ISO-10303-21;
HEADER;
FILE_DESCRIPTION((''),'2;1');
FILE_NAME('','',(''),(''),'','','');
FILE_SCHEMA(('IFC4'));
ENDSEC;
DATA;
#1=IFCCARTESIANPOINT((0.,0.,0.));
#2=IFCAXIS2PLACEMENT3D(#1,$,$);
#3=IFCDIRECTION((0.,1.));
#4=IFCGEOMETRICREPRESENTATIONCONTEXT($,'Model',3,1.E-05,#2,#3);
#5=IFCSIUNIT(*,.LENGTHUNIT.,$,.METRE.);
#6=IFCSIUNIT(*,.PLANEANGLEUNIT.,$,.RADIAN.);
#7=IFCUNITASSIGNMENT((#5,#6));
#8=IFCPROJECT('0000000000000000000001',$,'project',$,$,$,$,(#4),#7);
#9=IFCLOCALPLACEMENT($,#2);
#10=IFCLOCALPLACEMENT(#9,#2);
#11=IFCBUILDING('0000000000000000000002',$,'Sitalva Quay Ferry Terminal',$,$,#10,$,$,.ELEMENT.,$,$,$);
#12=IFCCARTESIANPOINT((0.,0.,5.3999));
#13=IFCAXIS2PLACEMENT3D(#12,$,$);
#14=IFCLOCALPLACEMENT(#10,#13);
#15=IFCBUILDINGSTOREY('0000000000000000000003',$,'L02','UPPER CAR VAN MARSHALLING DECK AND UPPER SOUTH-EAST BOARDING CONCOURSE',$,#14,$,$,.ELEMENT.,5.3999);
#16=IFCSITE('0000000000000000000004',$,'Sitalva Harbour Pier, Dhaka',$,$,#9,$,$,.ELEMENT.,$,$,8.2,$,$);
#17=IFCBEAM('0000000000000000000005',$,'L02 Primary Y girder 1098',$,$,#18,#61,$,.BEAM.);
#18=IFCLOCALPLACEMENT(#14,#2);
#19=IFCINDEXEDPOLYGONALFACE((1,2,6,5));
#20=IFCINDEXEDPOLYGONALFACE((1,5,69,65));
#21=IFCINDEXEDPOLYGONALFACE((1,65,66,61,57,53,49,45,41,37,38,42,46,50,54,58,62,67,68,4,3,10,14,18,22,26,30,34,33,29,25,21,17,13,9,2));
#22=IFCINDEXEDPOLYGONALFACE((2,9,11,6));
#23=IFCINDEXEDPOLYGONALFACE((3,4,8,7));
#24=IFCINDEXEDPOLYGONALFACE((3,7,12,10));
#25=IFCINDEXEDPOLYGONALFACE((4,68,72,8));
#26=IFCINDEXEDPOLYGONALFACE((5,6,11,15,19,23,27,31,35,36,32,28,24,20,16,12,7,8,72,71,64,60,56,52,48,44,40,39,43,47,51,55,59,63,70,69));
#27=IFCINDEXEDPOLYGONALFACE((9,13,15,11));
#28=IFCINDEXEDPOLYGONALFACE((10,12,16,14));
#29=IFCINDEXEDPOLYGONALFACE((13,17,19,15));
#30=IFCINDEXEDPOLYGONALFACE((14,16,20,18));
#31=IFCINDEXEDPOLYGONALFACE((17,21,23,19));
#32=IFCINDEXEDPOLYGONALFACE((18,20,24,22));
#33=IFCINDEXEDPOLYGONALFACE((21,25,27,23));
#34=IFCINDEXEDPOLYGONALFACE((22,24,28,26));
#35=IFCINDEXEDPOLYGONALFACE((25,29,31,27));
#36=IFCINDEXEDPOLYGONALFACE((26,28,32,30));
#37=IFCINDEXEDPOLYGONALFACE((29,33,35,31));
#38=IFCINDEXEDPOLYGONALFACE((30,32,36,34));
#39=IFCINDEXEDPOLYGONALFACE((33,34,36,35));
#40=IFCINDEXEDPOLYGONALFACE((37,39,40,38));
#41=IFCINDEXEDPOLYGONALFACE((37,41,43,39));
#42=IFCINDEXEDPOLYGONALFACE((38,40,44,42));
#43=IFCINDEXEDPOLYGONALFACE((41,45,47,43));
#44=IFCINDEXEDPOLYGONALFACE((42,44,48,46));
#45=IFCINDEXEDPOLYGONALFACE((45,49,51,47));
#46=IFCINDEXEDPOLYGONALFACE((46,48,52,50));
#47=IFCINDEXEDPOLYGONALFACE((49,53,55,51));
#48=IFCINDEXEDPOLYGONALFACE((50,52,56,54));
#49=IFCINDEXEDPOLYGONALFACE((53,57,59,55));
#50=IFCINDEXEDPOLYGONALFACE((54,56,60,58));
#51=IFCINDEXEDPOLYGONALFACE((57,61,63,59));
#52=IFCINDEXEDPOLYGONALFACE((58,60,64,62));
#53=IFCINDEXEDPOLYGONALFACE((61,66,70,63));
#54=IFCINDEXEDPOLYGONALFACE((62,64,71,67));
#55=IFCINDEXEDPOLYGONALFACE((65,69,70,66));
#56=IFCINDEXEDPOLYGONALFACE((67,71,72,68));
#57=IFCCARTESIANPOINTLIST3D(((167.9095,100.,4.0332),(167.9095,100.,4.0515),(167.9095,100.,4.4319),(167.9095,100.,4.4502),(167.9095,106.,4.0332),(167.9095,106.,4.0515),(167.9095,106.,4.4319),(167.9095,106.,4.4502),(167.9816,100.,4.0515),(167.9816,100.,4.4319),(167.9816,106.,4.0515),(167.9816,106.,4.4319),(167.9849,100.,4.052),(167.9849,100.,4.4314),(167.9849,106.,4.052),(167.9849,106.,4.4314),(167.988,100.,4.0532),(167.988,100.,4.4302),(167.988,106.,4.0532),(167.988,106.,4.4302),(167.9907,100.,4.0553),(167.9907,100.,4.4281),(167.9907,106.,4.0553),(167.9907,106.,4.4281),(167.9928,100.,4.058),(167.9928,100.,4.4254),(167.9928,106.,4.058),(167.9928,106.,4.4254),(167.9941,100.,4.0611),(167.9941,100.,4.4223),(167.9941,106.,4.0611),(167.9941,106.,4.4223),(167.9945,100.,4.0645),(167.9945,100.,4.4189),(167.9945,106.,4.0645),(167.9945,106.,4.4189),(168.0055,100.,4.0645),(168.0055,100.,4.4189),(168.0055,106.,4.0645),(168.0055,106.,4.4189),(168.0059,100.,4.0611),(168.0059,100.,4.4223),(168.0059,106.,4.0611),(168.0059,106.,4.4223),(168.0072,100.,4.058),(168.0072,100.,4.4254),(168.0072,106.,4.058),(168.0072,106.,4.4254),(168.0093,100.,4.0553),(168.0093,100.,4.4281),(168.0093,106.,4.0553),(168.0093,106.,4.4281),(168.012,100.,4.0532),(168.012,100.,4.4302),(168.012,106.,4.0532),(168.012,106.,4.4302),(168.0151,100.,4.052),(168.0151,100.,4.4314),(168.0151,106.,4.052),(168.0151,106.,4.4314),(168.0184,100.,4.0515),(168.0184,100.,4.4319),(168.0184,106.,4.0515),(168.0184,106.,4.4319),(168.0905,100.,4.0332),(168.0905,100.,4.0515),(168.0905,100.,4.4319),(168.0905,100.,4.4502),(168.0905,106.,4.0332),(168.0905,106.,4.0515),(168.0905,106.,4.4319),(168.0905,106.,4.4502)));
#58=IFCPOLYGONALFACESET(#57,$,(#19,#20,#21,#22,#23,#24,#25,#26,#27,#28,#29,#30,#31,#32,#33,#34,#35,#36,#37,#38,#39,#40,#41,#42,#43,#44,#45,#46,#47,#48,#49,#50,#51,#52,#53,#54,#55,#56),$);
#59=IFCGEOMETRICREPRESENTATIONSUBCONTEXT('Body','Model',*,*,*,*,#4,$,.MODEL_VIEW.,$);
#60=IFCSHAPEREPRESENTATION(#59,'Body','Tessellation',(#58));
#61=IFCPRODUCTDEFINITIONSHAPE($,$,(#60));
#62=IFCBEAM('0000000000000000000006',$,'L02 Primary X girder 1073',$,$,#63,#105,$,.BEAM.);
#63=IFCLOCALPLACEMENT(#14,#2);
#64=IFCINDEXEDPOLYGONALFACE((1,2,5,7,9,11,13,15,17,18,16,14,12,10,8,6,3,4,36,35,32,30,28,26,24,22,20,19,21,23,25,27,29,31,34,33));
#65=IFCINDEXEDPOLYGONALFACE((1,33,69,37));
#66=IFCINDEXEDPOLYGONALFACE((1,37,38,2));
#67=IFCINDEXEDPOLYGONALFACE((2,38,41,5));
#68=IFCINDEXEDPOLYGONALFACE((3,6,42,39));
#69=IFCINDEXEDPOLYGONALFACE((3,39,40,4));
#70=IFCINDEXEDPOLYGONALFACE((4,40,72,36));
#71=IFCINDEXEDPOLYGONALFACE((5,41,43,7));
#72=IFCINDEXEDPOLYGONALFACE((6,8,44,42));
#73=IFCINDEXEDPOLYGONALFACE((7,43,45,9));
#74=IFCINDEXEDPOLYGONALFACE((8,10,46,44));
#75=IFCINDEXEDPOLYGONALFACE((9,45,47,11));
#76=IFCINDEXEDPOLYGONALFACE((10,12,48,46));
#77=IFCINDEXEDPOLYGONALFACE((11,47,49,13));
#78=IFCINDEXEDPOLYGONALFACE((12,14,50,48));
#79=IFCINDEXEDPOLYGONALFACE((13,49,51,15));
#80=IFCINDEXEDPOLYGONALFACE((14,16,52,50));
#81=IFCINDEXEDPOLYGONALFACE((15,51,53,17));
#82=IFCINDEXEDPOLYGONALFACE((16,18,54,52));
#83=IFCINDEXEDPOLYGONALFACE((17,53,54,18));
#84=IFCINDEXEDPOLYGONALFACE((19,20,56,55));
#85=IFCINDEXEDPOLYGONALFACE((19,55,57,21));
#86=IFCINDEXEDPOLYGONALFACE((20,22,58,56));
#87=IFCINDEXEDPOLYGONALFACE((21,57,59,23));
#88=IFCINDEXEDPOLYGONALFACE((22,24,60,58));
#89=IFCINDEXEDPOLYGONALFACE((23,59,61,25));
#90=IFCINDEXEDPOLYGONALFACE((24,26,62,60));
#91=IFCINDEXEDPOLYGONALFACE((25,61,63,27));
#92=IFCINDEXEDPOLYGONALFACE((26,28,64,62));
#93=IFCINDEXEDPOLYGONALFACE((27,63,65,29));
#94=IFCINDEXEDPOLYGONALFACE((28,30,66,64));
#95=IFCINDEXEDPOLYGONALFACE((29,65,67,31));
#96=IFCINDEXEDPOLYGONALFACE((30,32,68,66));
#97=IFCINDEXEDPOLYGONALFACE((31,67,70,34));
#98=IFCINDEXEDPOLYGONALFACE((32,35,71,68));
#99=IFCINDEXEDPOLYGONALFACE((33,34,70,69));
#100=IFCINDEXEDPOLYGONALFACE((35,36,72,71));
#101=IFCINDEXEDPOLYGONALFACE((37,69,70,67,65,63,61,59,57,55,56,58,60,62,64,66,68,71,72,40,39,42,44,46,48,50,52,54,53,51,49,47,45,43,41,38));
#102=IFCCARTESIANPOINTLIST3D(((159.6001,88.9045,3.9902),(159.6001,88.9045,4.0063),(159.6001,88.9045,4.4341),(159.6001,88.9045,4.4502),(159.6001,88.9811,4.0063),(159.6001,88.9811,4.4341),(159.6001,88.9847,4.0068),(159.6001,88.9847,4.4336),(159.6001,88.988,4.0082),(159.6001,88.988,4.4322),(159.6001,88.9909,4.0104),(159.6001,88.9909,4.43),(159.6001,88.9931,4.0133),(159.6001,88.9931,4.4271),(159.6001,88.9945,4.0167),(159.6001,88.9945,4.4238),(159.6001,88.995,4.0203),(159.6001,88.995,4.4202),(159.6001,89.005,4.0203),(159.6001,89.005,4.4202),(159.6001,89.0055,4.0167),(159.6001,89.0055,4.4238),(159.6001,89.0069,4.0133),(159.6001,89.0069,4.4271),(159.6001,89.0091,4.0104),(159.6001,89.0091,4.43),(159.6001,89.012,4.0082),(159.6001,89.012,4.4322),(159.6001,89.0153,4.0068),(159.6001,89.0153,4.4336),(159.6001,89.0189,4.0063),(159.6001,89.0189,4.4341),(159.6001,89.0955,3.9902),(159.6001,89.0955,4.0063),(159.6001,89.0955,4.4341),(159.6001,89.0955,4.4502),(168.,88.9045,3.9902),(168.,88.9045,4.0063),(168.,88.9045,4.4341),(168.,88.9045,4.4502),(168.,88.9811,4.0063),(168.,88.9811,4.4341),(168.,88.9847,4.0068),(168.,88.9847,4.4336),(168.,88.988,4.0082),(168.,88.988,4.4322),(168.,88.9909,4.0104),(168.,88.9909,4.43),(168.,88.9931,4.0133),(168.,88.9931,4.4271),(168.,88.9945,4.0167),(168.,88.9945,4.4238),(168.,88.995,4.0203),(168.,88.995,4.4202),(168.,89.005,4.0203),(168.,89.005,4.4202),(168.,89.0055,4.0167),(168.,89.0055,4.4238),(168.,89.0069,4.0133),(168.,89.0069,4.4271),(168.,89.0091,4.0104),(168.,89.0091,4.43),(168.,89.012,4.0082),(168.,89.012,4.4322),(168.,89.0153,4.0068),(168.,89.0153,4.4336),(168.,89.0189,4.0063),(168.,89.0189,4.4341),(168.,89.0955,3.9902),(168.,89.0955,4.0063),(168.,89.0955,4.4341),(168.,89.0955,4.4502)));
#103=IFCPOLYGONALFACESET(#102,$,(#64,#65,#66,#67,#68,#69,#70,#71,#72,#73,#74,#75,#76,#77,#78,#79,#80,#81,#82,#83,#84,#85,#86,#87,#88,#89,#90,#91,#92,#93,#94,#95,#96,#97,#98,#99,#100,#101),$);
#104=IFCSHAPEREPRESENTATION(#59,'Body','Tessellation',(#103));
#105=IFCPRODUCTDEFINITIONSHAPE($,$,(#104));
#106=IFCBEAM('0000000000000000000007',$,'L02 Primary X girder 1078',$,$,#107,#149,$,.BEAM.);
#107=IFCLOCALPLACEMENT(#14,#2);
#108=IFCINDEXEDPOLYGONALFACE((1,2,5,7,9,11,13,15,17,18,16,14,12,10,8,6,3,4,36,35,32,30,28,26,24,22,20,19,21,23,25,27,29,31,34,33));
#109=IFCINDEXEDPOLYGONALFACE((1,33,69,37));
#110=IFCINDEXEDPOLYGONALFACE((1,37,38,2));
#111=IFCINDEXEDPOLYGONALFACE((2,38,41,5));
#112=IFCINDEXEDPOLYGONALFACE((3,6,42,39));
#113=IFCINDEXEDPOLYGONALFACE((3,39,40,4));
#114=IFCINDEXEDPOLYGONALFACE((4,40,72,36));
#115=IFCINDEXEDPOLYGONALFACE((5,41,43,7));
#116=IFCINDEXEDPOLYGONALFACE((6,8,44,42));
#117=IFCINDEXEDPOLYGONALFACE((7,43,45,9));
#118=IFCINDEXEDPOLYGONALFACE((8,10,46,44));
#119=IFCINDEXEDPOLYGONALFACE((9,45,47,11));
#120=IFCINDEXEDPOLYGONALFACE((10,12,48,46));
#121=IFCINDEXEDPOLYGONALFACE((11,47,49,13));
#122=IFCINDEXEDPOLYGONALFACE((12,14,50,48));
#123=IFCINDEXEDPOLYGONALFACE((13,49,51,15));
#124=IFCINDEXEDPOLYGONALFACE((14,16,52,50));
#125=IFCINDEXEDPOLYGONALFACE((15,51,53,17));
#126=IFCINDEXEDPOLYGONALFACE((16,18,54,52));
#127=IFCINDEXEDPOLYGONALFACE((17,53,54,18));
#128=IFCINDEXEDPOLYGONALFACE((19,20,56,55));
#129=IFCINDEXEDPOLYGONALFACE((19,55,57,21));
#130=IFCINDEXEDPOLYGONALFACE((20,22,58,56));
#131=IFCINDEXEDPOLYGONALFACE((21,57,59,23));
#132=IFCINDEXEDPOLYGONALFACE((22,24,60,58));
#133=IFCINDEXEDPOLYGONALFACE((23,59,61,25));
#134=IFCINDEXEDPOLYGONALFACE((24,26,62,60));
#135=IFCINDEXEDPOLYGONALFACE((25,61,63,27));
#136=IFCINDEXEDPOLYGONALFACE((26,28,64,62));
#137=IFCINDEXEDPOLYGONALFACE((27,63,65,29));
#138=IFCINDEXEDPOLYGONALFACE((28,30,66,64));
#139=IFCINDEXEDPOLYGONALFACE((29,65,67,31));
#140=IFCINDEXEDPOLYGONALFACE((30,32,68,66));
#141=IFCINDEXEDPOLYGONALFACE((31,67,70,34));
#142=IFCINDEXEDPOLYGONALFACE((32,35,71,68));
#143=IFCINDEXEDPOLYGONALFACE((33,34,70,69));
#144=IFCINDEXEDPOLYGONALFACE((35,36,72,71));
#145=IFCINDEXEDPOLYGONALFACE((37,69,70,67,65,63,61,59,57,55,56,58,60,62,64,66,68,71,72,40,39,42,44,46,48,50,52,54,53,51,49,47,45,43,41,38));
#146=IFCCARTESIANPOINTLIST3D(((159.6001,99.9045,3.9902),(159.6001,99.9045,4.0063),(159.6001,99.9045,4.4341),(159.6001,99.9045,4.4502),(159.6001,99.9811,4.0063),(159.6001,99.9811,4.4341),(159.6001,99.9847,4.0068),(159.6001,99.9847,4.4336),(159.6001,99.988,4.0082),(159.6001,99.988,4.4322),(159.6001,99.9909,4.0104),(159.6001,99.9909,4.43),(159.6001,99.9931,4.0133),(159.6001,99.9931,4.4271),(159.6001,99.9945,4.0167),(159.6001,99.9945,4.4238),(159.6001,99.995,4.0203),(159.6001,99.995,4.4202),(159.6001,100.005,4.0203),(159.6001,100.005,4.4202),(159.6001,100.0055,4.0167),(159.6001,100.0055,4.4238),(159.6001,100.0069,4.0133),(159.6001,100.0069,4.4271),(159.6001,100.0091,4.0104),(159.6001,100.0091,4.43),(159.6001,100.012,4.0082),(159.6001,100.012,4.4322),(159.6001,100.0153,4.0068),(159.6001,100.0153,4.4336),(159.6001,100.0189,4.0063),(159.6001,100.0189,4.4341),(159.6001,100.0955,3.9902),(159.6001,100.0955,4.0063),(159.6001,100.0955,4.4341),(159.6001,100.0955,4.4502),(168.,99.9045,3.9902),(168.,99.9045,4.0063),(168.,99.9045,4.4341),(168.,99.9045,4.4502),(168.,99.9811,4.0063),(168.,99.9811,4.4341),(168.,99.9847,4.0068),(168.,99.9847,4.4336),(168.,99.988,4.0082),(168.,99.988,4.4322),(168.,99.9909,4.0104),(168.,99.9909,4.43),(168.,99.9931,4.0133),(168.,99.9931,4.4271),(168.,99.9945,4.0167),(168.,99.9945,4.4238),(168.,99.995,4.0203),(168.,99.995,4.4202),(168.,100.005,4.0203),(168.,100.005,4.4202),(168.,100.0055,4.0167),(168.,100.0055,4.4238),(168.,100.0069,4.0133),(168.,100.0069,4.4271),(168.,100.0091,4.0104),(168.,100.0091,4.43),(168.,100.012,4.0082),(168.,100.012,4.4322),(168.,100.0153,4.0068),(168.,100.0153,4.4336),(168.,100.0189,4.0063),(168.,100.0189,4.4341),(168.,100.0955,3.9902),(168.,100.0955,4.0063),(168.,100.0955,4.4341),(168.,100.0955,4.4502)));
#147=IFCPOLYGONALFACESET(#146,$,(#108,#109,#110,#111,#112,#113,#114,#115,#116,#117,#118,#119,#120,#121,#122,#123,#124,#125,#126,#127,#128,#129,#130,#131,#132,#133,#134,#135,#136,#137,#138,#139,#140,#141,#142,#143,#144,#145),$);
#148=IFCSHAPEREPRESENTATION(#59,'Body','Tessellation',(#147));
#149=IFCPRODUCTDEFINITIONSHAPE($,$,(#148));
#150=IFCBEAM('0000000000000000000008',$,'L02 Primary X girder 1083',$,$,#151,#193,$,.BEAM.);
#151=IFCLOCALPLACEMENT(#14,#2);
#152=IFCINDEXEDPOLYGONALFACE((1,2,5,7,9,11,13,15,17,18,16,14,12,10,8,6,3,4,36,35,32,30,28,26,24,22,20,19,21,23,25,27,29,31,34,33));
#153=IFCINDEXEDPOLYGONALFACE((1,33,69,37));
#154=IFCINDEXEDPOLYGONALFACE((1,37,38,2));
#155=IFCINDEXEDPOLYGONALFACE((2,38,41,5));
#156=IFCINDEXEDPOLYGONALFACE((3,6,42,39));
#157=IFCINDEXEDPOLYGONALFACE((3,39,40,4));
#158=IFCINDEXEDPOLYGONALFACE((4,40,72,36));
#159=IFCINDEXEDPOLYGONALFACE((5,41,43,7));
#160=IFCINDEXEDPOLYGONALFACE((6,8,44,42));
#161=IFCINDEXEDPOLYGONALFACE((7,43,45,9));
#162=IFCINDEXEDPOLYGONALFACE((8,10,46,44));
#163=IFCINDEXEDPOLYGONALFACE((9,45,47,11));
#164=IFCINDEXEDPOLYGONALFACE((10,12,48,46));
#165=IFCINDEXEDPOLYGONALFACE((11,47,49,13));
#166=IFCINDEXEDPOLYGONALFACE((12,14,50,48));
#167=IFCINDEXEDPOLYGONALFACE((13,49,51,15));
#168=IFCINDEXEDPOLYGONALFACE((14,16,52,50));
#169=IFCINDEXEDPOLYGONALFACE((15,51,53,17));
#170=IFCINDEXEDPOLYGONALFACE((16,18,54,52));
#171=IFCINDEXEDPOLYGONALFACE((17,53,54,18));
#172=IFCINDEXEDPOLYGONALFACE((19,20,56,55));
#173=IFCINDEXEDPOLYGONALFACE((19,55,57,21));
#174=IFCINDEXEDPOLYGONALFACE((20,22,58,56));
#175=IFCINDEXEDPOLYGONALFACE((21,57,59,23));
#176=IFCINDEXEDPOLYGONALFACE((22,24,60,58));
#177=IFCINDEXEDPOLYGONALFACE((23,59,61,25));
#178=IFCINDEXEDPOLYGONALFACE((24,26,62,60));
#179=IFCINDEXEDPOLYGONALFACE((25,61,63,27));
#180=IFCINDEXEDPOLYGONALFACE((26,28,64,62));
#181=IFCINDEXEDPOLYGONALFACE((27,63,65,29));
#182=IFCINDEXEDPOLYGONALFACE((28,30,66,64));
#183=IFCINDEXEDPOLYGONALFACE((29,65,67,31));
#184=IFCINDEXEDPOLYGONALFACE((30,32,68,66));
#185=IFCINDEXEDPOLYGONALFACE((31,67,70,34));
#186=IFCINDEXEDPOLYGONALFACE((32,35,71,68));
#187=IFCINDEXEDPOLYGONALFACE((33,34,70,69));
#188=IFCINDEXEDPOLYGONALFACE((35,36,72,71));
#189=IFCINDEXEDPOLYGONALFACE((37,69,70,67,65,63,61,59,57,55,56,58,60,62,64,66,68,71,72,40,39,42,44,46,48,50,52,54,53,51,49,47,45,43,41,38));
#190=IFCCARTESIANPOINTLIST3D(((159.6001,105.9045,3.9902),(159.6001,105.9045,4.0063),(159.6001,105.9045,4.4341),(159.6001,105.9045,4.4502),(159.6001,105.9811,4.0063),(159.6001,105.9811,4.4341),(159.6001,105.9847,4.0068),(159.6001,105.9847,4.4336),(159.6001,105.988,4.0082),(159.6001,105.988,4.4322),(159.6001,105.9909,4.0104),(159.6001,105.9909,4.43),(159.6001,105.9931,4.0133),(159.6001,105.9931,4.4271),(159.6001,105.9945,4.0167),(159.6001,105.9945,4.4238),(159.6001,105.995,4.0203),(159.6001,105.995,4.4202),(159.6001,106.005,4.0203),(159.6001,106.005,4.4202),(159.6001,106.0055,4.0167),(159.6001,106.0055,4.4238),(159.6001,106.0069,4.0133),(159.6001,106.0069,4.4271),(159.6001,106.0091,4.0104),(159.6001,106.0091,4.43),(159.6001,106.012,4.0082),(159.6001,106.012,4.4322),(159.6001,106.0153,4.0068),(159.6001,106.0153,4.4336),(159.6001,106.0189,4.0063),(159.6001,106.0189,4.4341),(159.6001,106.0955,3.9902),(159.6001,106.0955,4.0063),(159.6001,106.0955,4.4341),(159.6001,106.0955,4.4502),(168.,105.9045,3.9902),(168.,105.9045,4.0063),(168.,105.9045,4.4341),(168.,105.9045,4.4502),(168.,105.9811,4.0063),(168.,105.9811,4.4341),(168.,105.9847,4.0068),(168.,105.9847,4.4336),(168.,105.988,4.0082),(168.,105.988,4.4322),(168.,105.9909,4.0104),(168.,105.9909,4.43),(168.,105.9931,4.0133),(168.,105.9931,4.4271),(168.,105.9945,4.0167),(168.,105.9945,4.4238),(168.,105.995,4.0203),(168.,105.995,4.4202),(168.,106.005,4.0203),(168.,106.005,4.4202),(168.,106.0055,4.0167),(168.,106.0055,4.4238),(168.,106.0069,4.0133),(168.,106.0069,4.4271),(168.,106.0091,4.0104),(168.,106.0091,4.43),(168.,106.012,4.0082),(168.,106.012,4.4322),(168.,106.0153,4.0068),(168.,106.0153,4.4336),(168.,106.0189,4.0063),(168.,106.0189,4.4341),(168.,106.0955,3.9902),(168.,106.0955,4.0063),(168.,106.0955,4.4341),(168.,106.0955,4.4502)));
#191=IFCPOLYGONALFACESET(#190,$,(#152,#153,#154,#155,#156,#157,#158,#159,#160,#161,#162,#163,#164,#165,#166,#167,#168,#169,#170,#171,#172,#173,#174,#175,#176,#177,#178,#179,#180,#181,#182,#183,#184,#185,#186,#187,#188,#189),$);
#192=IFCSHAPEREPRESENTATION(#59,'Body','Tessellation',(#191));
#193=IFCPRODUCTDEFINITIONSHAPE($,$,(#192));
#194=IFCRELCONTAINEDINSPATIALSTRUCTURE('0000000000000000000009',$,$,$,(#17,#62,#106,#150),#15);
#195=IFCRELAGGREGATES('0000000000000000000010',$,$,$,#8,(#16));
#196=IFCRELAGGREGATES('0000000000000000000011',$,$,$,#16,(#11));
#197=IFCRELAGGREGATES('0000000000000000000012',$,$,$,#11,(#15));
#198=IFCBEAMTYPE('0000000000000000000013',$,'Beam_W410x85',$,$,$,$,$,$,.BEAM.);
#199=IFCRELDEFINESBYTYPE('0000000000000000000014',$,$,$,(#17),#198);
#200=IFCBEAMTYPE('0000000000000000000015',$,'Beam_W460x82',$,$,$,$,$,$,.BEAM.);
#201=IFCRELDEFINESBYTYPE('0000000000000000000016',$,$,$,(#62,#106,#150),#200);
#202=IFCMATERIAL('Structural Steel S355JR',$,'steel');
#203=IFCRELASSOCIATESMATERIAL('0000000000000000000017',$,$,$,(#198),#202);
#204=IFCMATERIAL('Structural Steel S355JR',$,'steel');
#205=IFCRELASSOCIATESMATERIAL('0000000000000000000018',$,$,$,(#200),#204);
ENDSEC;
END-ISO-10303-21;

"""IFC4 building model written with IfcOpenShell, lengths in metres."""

from ifc_helpers import new_model, si_unit, direction, frame, origin, origin_2d, place, context, subcontext, project, spatial, i_section, extrude, material, material_profile, profile_set, type_object, element, save


model = new_model("IFC4")

# Units and contexts
model_context = context("Model", 3, precision=1e-05, world=origin(), true_north=direction((0.0, 1.0)))
body_context = subcontext(model_context, "Body", "Model", "MODEL_VIEW")
ifc_project = project(units=[si_unit("LENGTHUNIT", "METRE"), si_unit("PLANEANGLEUNIT", "RADIAN")], contexts=[model_context])

# Site, building, storey
site_placement = place(None, origin())
site = spatial("IfcSite", under=ifc_project, at=site_placement, Name="Sitalva Harbour Pier, Dhaka", CompositionType="ELEMENT", RefElevation=8.2)
building_placement = place(site_placement, origin())
building = spatial("IfcBuilding", under=site, at=building_placement, Name="Sitalva Quay Ferry Terminal", CompositionType="ELEMENT")
storey_placement = place(building_placement, frame((0.0, 0.0, 5.3999)))
storey = spatial("IfcBuildingStorey", under=building, at=storey_placement, Name="L02", Description="UPPER CAR VAN MARSHALLING DECK AND UPPER SOUTH-EAST BOARDING CONCOURSE", CompositionType="ELEMENT", Elevation=5.3999)

# Beams
ifc_material_1 = material(Name="Structural Steel S355JR", Category="steel")
ifc_material_profile_1 = material_profile(ifc_material_1, i_section(OverallWidth=0.1809, OverallDepth=0.417, WebThickness=0.011, FlangeThickness=0.0183, FilletRadius=0.0129, at=origin_2d()), Name="W410x85")
ifc_profile_set_1 = profile_set([ifc_material_profile_1], Name="Structural Steel S355JR")
beam_type_1 = type_object("IfcBeamType", Name="Beam_W410x85", PredefinedType="BEAM", material=ifc_profile_set_1)
beam_1_placement = place(storey_placement, frame((168.0, 100.0, 4.2417), z_axis=(0.0, 1.0, 0.0), x_axis=(-1.0, 0.0, 0.0)))
element("IfcBeam", 1, at=beam_1_placement, inside=storey, type_object=beam_type_1, Name="L02 Primary Y girder 1098", PredefinedType="BEAM", context=body_context, shape_type="SweptSolid", body=[
    extrude(i_section(OverallWidth=0.1809, OverallDepth=0.417, WebThickness=0.011, FlangeThickness=0.0183, FilletRadius=0.0129, at=origin_2d()), origin(), (0.0, 0.0, 1.0), 6.0),
])
ifc_material_2 = material(Name="Structural Steel S355JR", Category="steel")
ifc_material_profile_2 = material_profile(ifc_material_2, i_section(OverallWidth=0.1909, OverallDepth=0.46, WebThickness=0.01, FlangeThickness=0.0161, FilletRadius=0.0139, at=origin_2d()), Name="W460x82")
ifc_profile_set_2 = profile_set([ifc_material_profile_2], Name="Structural Steel S355JR")
beam_type_2 = type_object("IfcBeamType", Name="Beam_W460x82", PredefinedType="BEAM", material=ifc_profile_set_2)
for number, where, z_axis, x_axis, name in (
    (2, (159.6001, 89.0, 4.2202), (1.0, 0.0, 0.0), (0.0, 1.0, 0.0), "L02 Primary X girder 1073"),
    (3, (159.6001, 100.0, 4.2202), (1.0, 0.0, 0.0), (0.0, 1.0, 0.0), "L02 Primary X girder 1078"),
    (4, (159.6001, 106.0, 4.2202), (1.0, 0.0, 0.0), (0.0, 1.0, 0.0), "L02 Primary X girder 1083"),
):
    element("IfcBeam", number, at=place(storey_placement, frame(where, z_axis=z_axis, x_axis=x_axis)), inside=storey, type_object=beam_type_2, Name=name, PredefinedType="BEAM", context=body_context, shape_type="SweptSolid", body=[
        extrude(i_section(OverallWidth=0.1909, OverallDepth=0.46, WebThickness=0.01, FlangeThickness=0.0161, FilletRadius=0.0139, at=origin_2d()), origin(), (0.0, 0.0, 1.0), 8.3999),
    ])

save(model, "model.ifc")
